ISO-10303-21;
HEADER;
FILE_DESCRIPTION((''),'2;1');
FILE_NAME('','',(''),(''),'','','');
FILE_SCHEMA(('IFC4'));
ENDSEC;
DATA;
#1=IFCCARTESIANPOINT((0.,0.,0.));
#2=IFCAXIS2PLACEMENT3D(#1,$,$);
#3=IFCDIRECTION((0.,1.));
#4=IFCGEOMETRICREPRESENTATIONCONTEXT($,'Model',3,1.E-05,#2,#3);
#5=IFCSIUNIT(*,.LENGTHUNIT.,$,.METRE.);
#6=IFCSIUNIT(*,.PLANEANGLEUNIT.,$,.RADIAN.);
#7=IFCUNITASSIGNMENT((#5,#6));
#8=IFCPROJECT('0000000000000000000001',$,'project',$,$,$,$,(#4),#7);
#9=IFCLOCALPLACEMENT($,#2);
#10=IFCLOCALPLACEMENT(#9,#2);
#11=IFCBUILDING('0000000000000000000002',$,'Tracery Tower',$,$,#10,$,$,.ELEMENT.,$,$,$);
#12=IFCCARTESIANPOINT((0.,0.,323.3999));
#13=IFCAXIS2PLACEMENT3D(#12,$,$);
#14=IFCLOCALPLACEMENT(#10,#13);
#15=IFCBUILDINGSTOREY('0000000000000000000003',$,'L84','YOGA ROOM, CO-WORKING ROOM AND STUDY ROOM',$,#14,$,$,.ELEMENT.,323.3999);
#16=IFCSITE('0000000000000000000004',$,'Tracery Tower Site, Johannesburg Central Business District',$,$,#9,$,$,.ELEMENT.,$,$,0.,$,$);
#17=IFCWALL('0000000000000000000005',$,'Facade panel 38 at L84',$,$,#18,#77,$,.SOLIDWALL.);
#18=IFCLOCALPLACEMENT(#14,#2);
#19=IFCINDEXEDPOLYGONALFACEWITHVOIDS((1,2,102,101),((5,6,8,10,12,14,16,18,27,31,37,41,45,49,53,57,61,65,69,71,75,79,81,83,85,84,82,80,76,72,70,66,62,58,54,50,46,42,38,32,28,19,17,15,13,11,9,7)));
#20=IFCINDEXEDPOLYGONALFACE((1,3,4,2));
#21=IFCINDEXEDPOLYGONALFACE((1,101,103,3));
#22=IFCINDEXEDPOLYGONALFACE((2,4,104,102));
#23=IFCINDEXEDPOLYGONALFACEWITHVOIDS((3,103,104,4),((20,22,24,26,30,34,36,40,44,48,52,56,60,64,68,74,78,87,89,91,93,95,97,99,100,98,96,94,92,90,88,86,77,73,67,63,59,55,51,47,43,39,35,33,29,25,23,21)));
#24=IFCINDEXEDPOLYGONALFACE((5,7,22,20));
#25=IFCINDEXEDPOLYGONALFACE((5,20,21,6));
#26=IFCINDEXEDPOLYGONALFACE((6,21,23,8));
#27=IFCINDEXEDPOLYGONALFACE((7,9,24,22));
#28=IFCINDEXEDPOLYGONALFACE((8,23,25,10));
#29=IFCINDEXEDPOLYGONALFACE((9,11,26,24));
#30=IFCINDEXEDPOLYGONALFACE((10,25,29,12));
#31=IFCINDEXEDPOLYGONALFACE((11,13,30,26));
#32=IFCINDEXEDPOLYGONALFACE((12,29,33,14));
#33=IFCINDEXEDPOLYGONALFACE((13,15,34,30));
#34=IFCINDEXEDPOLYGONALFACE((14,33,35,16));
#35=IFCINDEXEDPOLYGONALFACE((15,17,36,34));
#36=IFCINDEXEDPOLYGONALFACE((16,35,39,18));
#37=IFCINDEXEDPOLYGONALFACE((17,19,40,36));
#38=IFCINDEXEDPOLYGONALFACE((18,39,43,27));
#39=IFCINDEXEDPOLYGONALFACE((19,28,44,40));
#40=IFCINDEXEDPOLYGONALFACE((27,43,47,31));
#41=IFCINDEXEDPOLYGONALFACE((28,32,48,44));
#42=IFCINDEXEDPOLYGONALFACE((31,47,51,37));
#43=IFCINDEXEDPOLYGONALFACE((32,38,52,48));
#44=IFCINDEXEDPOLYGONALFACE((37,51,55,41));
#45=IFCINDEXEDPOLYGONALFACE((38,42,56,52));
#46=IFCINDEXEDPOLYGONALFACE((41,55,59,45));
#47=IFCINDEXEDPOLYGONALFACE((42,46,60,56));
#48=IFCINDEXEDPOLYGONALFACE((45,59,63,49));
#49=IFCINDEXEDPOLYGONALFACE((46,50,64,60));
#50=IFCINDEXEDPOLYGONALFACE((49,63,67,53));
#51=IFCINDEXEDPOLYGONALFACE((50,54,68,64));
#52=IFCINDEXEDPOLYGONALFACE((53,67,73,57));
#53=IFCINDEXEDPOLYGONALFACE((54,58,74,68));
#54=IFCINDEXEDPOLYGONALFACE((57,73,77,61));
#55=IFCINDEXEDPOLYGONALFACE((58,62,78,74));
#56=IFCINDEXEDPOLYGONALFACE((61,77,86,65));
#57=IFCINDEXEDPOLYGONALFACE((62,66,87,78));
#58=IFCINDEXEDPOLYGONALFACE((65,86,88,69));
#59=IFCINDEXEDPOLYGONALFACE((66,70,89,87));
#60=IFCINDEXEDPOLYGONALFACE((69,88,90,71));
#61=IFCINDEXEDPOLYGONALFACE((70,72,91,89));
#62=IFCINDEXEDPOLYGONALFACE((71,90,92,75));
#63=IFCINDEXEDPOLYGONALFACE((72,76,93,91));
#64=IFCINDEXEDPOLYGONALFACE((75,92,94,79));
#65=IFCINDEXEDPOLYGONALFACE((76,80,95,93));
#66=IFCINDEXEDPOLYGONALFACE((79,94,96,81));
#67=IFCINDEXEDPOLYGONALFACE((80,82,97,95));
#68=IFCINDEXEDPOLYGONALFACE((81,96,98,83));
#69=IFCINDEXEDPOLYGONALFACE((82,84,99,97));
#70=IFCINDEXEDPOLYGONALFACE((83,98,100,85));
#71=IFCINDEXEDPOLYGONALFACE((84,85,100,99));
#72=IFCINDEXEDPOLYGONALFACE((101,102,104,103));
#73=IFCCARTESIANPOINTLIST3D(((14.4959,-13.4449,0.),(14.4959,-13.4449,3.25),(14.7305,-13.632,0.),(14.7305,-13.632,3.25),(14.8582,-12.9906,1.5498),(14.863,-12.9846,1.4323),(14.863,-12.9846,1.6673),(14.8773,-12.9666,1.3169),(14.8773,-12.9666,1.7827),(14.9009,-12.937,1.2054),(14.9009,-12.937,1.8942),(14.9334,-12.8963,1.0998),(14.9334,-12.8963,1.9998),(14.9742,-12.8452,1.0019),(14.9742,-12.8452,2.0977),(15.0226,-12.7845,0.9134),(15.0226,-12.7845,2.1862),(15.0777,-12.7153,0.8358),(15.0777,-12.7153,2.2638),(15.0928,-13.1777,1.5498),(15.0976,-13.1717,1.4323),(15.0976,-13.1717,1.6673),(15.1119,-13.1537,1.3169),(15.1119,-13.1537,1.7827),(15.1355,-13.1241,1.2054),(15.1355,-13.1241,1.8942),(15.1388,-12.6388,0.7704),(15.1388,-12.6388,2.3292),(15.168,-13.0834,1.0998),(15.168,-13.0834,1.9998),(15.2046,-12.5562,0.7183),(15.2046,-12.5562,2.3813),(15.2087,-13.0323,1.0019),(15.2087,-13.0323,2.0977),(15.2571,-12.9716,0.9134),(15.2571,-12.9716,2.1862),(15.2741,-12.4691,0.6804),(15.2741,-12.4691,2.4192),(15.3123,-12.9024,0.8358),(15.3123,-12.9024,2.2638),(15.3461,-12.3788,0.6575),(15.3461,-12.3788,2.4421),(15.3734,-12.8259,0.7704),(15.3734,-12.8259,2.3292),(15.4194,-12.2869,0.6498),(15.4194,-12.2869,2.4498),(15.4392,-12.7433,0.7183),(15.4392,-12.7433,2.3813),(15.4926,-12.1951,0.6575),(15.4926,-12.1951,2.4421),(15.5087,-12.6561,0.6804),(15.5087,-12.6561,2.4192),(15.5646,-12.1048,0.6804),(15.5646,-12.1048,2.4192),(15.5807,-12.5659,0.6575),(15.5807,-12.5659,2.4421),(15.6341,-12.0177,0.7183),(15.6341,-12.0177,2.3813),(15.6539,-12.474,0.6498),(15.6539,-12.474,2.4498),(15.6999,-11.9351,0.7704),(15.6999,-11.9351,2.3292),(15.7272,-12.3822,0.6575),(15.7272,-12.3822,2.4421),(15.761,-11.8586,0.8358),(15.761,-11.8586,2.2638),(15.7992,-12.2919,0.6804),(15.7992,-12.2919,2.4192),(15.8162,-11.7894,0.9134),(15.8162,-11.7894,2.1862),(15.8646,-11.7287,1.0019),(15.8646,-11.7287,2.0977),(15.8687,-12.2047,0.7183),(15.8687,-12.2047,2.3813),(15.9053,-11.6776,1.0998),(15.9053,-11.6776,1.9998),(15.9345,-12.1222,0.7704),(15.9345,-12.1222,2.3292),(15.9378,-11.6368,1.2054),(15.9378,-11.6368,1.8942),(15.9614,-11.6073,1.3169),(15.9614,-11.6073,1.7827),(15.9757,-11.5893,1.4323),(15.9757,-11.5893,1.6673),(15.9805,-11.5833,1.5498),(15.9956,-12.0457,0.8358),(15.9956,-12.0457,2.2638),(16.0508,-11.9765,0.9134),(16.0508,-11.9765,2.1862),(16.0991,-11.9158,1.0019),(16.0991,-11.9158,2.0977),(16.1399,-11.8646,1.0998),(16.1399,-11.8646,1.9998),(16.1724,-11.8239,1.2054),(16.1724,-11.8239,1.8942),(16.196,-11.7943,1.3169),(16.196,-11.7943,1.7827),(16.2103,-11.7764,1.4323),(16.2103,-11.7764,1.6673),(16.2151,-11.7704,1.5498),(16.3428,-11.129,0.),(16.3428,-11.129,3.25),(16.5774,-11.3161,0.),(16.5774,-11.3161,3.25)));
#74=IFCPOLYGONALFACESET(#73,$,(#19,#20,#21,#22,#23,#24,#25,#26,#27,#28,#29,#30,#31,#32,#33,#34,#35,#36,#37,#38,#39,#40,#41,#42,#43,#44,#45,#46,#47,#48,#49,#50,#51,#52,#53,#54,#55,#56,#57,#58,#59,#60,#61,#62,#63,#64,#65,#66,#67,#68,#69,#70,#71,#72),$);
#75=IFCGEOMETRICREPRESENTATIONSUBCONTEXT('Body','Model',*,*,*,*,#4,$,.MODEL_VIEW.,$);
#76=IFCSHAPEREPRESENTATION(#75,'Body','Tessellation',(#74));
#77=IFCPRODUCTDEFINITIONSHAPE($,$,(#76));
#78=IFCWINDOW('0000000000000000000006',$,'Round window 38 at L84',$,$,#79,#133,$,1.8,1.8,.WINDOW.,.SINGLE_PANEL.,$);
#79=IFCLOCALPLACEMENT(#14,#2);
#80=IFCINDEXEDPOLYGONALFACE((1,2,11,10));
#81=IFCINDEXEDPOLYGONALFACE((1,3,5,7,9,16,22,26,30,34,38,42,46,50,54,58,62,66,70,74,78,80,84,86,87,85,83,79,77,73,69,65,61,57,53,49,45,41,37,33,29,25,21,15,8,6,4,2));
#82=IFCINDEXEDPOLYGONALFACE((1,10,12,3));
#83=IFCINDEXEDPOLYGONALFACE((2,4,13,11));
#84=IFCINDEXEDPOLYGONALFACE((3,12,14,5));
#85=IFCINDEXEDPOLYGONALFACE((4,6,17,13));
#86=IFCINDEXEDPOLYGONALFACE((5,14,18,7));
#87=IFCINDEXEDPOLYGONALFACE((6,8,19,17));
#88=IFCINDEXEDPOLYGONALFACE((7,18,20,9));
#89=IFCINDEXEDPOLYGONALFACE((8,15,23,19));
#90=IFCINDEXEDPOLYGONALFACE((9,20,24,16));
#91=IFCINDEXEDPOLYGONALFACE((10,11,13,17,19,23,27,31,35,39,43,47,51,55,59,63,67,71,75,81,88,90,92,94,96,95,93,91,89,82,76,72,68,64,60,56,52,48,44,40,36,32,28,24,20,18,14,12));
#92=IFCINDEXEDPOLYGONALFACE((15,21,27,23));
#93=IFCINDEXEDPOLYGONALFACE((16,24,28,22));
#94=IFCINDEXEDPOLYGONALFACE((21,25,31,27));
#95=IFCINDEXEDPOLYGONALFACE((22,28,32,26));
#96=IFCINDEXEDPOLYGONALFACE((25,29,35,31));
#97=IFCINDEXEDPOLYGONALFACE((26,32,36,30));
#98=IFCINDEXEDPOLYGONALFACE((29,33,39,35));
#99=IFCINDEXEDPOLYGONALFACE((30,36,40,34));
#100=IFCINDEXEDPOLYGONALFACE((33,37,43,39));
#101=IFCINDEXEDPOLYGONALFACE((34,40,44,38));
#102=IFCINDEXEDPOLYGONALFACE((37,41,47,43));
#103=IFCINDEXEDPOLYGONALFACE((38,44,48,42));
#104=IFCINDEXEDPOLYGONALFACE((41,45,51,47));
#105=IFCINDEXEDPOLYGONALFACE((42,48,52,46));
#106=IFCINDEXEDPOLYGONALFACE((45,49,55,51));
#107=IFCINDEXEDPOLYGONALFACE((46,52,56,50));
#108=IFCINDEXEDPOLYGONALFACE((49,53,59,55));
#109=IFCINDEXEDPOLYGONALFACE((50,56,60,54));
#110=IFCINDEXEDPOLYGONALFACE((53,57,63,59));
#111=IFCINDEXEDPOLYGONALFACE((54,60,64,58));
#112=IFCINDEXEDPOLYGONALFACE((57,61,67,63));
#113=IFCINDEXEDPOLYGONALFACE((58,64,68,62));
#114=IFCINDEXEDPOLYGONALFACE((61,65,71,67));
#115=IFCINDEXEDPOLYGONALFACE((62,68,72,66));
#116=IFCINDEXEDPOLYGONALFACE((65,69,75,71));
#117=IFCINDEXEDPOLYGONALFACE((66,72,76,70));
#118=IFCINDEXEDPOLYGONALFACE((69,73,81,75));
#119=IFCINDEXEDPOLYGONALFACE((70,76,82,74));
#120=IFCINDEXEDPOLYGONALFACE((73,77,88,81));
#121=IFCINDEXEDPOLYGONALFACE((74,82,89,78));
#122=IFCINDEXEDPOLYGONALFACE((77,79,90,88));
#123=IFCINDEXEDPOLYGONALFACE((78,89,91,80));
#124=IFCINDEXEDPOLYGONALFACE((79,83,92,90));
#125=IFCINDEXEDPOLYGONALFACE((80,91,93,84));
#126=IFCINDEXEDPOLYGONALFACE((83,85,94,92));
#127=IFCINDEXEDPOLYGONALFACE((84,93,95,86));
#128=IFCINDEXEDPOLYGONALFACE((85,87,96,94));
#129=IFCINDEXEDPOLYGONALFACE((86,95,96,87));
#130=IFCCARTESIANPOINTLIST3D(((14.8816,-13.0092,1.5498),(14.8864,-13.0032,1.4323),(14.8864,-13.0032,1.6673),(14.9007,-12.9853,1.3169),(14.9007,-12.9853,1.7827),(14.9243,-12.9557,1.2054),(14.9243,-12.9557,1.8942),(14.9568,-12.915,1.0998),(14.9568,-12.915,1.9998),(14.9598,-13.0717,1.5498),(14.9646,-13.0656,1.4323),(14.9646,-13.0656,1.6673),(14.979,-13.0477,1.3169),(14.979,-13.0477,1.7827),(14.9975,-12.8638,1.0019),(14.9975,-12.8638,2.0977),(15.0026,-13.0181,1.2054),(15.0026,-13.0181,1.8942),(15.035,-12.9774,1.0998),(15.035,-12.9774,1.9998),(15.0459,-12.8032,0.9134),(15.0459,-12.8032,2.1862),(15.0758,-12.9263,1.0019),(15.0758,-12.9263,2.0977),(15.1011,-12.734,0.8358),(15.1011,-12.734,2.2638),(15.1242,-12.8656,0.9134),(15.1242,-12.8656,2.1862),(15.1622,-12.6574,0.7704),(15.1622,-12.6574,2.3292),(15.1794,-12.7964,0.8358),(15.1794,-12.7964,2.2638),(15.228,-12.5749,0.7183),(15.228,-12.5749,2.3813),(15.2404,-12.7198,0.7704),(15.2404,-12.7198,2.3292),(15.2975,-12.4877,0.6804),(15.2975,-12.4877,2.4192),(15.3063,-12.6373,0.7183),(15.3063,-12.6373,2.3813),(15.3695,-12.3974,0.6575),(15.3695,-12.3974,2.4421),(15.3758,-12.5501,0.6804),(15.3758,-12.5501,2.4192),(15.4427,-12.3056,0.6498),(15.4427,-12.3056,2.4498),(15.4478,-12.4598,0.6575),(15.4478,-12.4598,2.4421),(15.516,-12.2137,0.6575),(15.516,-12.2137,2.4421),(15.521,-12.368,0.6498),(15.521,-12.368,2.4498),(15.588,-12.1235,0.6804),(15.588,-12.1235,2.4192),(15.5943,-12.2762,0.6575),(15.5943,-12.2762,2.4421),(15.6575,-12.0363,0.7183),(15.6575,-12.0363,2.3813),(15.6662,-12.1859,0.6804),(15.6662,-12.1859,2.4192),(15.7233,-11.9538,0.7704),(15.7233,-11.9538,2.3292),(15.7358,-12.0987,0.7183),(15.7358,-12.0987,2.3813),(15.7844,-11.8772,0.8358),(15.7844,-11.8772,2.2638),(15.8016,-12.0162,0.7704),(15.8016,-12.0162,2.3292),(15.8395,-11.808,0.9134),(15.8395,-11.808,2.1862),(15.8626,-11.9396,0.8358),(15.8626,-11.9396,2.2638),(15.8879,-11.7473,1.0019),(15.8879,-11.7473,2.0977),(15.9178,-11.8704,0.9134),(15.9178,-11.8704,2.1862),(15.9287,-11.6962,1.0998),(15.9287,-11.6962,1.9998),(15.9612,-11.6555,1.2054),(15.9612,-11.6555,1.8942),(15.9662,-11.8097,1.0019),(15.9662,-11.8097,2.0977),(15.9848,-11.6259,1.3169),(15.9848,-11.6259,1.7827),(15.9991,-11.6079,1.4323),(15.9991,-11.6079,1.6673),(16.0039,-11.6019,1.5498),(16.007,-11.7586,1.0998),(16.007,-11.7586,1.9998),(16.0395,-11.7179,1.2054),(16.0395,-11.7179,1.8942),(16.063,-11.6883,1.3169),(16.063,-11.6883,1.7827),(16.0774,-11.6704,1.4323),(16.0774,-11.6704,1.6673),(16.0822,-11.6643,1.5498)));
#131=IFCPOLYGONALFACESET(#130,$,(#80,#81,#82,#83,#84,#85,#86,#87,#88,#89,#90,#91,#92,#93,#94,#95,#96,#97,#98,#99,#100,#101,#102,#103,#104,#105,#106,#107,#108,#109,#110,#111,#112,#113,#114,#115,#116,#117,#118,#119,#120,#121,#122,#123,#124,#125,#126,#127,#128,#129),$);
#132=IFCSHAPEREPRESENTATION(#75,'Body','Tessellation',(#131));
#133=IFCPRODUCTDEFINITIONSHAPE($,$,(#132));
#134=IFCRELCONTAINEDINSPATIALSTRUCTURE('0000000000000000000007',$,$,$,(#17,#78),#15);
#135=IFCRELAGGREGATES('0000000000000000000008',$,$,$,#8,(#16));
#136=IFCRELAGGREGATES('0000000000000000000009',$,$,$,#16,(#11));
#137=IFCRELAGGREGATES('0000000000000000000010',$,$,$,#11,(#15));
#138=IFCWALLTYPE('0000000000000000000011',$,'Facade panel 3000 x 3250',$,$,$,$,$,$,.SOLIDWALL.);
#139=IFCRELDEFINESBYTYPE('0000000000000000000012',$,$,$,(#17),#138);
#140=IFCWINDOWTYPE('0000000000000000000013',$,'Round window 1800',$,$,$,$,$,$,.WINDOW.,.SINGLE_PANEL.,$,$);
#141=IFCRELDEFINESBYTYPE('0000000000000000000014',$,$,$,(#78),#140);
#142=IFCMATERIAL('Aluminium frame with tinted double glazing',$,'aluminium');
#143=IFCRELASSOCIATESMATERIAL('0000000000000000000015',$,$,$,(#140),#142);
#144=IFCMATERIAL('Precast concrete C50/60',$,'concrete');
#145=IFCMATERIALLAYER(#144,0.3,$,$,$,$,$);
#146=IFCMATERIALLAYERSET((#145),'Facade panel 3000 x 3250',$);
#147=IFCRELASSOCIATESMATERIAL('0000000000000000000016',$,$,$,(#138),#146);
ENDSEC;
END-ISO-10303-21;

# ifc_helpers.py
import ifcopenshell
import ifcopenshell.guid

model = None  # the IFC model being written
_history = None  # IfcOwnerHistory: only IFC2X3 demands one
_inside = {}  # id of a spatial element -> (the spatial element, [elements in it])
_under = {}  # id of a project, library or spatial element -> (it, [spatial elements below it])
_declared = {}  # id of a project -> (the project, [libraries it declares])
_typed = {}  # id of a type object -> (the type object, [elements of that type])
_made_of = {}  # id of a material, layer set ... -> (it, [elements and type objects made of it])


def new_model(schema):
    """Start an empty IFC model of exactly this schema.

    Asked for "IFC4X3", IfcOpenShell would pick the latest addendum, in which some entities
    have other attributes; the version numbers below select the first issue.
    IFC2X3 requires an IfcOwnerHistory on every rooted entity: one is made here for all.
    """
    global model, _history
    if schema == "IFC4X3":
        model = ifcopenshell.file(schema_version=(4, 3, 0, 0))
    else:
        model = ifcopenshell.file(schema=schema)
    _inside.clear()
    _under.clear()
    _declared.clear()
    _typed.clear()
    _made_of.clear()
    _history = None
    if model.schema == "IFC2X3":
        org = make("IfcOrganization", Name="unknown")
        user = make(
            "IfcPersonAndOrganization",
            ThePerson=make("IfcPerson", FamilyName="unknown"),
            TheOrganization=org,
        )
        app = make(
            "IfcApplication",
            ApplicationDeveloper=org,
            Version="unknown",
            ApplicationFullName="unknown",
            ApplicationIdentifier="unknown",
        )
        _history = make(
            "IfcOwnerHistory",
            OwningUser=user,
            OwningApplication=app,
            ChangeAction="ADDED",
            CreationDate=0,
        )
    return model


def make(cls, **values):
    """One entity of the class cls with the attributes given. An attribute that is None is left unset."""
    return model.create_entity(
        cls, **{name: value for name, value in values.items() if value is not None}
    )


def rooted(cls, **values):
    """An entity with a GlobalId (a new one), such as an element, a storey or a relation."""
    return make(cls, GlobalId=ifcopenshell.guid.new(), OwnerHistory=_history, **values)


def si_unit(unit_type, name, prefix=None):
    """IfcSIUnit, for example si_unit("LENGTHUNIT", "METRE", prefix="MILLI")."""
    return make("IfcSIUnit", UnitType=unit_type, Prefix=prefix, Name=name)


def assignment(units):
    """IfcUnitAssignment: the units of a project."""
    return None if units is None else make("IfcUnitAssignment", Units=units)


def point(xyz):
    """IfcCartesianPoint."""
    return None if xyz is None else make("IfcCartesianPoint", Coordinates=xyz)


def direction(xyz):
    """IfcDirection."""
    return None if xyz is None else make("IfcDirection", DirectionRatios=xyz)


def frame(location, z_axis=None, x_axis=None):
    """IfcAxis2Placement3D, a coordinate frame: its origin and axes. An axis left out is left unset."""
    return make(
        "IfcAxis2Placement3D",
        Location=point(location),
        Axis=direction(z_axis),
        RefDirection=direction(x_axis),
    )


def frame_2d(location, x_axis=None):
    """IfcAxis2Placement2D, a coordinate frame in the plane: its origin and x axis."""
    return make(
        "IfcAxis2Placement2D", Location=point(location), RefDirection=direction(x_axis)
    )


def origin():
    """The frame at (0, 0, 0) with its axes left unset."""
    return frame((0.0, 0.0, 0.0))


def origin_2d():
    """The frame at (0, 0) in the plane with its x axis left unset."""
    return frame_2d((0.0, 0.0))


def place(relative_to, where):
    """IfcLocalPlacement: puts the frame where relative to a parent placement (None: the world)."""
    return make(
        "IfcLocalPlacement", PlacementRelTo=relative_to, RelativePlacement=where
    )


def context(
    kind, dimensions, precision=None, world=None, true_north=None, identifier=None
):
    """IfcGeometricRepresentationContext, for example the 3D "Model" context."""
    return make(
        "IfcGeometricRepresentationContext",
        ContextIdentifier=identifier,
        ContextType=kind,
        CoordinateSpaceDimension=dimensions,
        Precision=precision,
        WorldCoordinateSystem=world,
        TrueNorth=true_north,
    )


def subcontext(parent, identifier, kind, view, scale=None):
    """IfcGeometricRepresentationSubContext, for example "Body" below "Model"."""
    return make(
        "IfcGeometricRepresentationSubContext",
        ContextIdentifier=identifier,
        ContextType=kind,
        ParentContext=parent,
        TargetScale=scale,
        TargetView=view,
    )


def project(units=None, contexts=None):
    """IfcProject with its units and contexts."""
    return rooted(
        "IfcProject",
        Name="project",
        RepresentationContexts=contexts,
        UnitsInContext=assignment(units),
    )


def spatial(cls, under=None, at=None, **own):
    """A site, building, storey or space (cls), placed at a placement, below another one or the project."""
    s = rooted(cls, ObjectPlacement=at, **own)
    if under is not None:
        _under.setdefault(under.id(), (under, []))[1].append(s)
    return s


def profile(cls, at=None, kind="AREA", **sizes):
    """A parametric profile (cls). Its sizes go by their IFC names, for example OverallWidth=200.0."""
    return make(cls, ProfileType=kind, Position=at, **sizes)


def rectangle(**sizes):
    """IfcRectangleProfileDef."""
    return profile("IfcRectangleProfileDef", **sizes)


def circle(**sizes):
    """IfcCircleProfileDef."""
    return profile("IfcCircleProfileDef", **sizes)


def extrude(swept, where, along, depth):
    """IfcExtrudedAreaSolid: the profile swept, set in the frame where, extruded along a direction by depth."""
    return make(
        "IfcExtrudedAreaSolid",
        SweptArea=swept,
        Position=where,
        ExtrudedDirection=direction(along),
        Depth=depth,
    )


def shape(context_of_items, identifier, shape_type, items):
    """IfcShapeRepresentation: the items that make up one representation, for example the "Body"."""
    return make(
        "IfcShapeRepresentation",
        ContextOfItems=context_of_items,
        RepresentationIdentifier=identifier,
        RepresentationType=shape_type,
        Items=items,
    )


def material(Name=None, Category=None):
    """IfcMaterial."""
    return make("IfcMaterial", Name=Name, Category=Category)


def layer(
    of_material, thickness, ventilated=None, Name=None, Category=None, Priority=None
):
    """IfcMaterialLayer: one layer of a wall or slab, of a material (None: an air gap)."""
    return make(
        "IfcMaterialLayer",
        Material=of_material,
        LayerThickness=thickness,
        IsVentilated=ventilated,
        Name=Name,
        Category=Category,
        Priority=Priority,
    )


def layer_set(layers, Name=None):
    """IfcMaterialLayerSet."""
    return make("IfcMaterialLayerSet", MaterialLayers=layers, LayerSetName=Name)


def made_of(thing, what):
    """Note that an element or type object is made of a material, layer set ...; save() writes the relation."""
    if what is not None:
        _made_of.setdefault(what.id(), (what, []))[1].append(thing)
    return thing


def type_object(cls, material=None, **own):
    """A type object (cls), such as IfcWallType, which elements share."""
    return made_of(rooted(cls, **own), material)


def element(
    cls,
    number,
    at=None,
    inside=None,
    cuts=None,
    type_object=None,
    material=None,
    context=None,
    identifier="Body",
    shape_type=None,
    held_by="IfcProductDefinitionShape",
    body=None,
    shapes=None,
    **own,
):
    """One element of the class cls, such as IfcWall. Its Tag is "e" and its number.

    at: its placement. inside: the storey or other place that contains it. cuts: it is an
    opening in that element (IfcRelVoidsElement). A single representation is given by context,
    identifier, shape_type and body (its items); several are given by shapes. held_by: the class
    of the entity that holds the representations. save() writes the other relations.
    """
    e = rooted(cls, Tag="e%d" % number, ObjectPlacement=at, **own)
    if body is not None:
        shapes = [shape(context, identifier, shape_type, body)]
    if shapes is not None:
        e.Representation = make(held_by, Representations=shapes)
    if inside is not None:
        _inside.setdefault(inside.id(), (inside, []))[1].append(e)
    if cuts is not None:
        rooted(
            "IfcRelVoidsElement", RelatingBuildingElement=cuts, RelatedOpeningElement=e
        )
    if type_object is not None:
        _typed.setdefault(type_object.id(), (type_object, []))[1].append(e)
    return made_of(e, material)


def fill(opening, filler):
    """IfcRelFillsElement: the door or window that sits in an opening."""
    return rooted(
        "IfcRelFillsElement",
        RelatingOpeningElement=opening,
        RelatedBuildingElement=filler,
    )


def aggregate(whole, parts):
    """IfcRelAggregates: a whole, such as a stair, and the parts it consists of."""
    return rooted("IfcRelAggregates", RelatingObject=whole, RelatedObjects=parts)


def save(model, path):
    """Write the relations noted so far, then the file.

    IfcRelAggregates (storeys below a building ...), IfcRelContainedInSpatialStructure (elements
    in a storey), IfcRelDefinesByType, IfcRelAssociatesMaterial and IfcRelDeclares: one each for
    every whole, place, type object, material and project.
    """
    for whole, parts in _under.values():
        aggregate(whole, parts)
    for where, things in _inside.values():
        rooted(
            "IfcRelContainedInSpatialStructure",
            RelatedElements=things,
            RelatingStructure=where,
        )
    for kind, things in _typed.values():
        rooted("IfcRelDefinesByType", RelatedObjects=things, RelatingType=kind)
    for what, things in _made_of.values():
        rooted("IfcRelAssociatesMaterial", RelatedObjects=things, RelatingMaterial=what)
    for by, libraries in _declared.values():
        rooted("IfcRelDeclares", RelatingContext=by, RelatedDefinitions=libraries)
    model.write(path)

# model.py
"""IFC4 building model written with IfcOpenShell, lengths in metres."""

from ifc_helpers import new_model, si_unit, direction, frame, frame_2d, origin, origin_2d, place, context, subcontext, project, spatial, rectangle, circle, extrude, material, layer, layer_set, type_object, element, fill, save


model = new_model("IFC4")

# Units and contexts
model_context = context("Model", 3, precision=1e-05, world=origin(), true_north=direction((0.0, 1.0)))
body_context = subcontext(model_context, "Body", "Model", "MODEL_VIEW")
ifc_project = project(units=[si_unit("LENGTHUNIT", "METRE"), si_unit("PLANEANGLEUNIT", "RADIAN")], contexts=[model_context])

# Site, building, storey
site_placement = place(None, origin())
site = spatial("IfcSite", under=ifc_project, at=site_placement, Name="Tracery Tower Site, Johannesburg Central Business District", CompositionType="ELEMENT", RefElevation=0.0)
building_placement = place(site_placement, origin())
building = spatial("IfcBuilding", under=site, at=building_placement, Name="Tracery Tower", CompositionType="ELEMENT")
storey_placement = place(building_placement, frame((0.0, 0.0, 323.3999)))
storey = spatial("IfcBuildingStorey", under=building, at=storey_placement, Name="L84", Description="YOGA ROOM, CO-WORKING ROOM AND STUDY ROOM", CompositionType="ELEMENT", Elevation=323.3999)

# Wall, opening, window
ifc_material_1 = material(Name="Aluminium frame with tinted double glazing", Category="aluminium")
window_type = type_object("IfcWindowType", Name="Round window 1800", PartitioningType="SINGLE_PANEL", PredefinedType="WINDOW", material=ifc_material_1)
ifc_material_2 = material(Name="Precast concrete C50/60", Category="concrete")
ifc_layer_1 = layer(ifc_material_2, 0.3)
ifc_layer_set_1 = layer_set([ifc_layer_1], Name="Facade panel 3000 x 3250")
wall_type_1 = type_object("IfcWallType", Name="Facade panel 3000 x 3250", PredefinedType="SOLIDWALL", material=ifc_layer_set_1)
wall_1_placement = place(storey_placement, frame((14.6133, -13.5383, 0.0), z_axis=(0.0, 0.0, 1.0), x_axis=(0.623498, 0.781825, 0.0)))
wall_1 = element("IfcWall", 1, at=wall_1_placement, inside=storey, type_object=wall_type_1, Name="Facade panel 38 at L84", PredefinedType="SOLIDWALL", context=body_context, shape_type="SweptSolid", body=[
    extrude(rectangle(XDim=2.9622, YDim=0.3, at=frame_2d((1.481, 0.0))), origin(), (0.0, 0.0, 1.0), 3.25),
])
opening_1_placement = place(wall_1_placement, frame((1.481, 0.0, 1.5498)))
opening_1 = element("IfcOpeningElement", 2, at=opening_1_placement, cuts=wall_1, PredefinedType="OPENING", context=body_context, shape_type="SweptSolid", body=[
    extrude(circle(Radius=0.9, at=origin_2d()), frame((0.0, 0.1599, 0.0), z_axis=(0.0, -1.0, 0.0), x_axis=(1.0, 0.0, 0.0)), (0.0, 0.0, 1.0), 0.3201),
])
window_1_placement = place(opening_1_placement, origin())
window_1 = element("IfcWindow", 3, at=window_1_placement, inside=storey, type_object=window_type, Name="Round window 38 at L84", OverallHeight=1.8, OverallWidth=1.8, PartitioningType="SINGLE_PANEL", PredefinedType="WINDOW", context=body_context, shape_type="SweptSolid", body=[
    extrude(circle(Radius=0.9, at=origin_2d()), frame((0.0, 0.1201, 0.0), z_axis=(0.0, -1.0, 0.0), x_axis=(1.0, 0.0, 0.0)), (0.0, 0.0, 1.0), 0.1001),
])
fill(opening_1, window_1)

save(model, "model.ifc")
